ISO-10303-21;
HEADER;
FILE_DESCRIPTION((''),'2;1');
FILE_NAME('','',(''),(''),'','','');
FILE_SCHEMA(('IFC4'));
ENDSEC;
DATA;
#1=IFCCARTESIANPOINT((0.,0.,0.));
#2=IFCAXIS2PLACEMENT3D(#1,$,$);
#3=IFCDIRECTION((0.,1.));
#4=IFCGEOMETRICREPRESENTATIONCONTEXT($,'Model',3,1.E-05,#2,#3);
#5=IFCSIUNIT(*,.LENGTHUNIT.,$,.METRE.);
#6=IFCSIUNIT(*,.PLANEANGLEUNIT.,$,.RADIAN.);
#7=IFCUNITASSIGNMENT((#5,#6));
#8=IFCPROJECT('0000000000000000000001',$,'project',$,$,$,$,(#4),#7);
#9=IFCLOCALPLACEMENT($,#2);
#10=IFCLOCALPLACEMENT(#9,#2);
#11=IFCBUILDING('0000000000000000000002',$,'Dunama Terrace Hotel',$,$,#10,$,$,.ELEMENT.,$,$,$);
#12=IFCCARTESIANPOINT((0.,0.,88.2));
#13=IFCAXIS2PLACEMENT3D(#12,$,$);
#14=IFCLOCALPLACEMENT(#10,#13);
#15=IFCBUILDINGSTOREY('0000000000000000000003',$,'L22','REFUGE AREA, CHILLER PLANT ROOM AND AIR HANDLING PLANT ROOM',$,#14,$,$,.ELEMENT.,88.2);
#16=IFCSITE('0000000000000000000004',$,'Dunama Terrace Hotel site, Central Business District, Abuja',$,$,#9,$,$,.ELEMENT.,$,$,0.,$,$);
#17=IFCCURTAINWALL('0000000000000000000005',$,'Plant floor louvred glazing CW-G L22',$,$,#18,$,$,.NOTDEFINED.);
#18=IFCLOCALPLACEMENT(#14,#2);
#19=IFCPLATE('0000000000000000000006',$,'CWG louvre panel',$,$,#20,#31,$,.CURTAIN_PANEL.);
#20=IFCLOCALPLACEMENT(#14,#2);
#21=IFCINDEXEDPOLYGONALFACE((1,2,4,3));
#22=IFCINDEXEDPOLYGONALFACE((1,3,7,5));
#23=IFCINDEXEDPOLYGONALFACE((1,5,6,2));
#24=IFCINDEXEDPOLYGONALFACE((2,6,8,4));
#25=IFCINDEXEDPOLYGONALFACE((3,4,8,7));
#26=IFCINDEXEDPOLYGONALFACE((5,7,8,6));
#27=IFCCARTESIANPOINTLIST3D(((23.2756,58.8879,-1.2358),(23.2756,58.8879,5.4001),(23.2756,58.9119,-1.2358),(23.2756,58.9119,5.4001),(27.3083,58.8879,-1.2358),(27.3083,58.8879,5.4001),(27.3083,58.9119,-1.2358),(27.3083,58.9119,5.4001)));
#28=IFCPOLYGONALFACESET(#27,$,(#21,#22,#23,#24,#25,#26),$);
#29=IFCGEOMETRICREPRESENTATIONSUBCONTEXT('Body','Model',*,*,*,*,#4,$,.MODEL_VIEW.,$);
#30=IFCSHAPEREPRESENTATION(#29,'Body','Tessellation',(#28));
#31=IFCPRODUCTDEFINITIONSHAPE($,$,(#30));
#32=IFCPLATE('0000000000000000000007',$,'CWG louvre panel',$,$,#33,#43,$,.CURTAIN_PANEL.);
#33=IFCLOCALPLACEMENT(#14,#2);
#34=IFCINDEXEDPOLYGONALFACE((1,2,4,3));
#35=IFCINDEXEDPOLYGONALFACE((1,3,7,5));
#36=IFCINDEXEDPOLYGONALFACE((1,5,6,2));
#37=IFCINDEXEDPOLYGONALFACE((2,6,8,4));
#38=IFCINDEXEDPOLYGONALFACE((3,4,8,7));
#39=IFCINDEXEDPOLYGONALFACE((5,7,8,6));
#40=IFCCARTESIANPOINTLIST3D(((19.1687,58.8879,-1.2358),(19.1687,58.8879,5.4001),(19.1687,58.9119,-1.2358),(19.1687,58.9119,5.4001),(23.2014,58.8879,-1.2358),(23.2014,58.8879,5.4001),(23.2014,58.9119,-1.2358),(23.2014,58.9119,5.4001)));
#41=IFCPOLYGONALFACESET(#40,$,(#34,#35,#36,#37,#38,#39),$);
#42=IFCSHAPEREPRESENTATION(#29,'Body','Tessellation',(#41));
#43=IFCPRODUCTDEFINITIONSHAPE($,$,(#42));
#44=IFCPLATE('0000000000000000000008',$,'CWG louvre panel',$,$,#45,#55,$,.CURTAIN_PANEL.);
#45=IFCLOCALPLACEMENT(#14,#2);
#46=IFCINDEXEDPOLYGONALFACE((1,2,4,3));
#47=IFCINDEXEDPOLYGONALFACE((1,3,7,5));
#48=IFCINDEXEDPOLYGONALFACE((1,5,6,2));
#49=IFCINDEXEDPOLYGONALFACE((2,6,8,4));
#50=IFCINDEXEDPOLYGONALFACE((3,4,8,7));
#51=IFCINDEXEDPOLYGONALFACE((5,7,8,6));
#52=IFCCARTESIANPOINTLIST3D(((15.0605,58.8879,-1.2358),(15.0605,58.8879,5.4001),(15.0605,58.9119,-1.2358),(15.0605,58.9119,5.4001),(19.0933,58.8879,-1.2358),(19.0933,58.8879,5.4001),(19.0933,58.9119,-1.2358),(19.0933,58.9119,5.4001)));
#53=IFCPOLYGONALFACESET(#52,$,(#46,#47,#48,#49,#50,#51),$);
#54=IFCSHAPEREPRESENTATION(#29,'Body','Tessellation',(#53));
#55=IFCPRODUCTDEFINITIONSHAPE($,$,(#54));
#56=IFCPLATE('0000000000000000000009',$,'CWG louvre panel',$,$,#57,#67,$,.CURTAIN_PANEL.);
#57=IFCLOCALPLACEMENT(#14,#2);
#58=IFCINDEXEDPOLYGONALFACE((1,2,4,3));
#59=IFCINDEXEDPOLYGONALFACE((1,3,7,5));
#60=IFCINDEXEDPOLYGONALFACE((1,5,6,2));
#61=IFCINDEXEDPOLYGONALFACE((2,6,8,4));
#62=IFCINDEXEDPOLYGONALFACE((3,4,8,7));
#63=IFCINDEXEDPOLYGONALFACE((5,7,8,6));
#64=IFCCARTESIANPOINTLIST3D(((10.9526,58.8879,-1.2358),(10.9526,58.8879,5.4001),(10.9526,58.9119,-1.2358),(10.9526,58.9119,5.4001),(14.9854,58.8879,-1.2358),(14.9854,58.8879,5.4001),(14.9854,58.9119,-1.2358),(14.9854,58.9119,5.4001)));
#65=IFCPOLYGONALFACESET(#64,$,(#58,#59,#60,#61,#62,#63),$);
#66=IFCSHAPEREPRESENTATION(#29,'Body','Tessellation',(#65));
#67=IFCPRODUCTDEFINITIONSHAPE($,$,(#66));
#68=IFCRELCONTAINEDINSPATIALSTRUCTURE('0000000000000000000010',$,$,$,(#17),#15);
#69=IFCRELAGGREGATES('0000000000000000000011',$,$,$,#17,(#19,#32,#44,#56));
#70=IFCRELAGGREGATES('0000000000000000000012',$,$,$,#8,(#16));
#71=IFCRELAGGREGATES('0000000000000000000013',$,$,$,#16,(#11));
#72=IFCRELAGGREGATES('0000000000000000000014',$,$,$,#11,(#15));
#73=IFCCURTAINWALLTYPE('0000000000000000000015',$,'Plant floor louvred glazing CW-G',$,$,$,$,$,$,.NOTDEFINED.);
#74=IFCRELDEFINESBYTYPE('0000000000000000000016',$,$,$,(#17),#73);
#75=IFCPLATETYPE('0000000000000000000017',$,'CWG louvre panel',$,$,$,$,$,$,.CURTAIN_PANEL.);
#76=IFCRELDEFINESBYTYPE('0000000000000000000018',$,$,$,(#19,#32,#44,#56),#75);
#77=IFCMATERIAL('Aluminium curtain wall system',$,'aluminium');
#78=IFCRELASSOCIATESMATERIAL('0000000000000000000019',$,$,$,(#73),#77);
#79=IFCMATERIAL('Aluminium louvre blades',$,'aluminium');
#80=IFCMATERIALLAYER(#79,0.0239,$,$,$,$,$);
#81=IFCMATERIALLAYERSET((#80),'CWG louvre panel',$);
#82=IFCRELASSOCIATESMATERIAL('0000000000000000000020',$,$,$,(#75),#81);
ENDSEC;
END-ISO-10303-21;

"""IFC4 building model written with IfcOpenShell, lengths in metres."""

from ifc_helpers import new_model, si_unit, direction, frame, origin, origin_2d, place, context, subcontext, project, spatial, rectangle, extrude, material, layer, layer_set, type_object, element, aggregate, save


model = new_model("IFC4")

# Units and contexts
model_context = context("Model", 3, precision=1e-05, world=origin(), true_north=direction((0.0, 1.0)))
body_context = subcontext(model_context, "Body", "Model", "MODEL_VIEW")
ifc_project = project(units=[si_unit("LENGTHUNIT", "METRE"), si_unit("PLANEANGLEUNIT", "RADIAN")], contexts=[model_context])

# Site, building, storey
site_placement = place(None, origin())
site = spatial("IfcSite", under=ifc_project, at=site_placement, Name="Dunama Terrace Hotel site, Central Business District, Abuja", CompositionType="ELEMENT", RefElevation=0.0)
building_placement = place(site_placement, origin())
building = spatial("IfcBuilding", under=site, at=building_placement, Name="Dunama Terrace Hotel", CompositionType="ELEMENT")
storey_placement = place(building_placement, frame((0.0, 0.0, 88.2)))
storey = spatial("IfcBuildingStorey", under=building, at=storey_placement, Name="L22", Description="REFUGE AREA, CHILLER PLANT ROOM AND AIR HANDLING PLANT ROOM", CompositionType="ELEMENT", Elevation=88.2)

# Curtain wall
ifc_material_1 = material(Name="Aluminium curtain wall system", Category="aluminium")
curtain_wall_type = type_object("IfcCurtainWallType", Name="Plant floor louvred glazing CW-G", PredefinedType="NOTDEFINED", material=ifc_material_1)
curtain_wall_placement = place(storey_placement, origin())
curtain_wall = element("IfcCurtainWall", 1, at=curtain_wall_placement, inside=storey, type_object=curtain_wall_type, Name="Plant floor louvred glazing CW-G L22", PredefinedType="NOTDEFINED")

# Plates
ifc_material_2 = material(Name="Aluminium louvre blades", Category="aluminium")
ifc_layer = layer(ifc_material_2, 0.0239)
ifc_layer_set = layer_set([ifc_layer], Name="CWG louvre panel")
plate_type = type_object("IfcPlateType", Name="CWG louvre panel", PredefinedType="CURTAIN_PANEL", material=ifc_layer_set)
plate_1_placement = place(storey_placement, frame((25.292, 58.8999, -1.2358), z_axis=(0.0, 0.0, 1.0), x_axis=(-1.0, 0.0, 0.0)))
plate_1 = element("IfcPlate", 2, at=plate_1_placement, type_object=plate_type, Name="CWG louvre panel", PredefinedType="CURTAIN_PANEL", context=body_context, shape_type="SweptSolid", body=[
    extrude(rectangle(XDim=4.0327, YDim=0.0239, at=origin_2d()), origin(), (0.0, 0.0, 1.0), 6.636),
])
plate_2_placement = place(storey_placement, frame((21.1851, 58.8999, -1.2358), z_axis=(0.0, 0.0, 1.0), x_axis=(-1.0, 0.0, 0.0)))
plate_2 = element("IfcPlate", 3, at=plate_2_placement, type_object=plate_type, Name="CWG louvre panel", PredefinedType="CURTAIN_PANEL", context=body_context, shape_type="SweptSolid", body=[
    extrude(rectangle(XDim=4.0327, YDim=0.0239, at=origin_2d()), origin(), (0.0, 0.0, 1.0), 6.636),
])
plate_3_placement = place(storey_placement, frame((17.0769, 58.8999, -1.2358), z_axis=(0.0, 0.0, 1.0), x_axis=(-1.0, 0.0, 0.0)))
plate_3 = element("IfcPlate", 4, at=plate_3_placement, type_object=plate_type, Name="CWG louvre panel", PredefinedType="CURTAIN_PANEL", context=body_context, shape_type="SweptSolid", body=[
    extrude(rectangle(XDim=4.0327, YDim=0.0239, at=origin_2d()), origin(), (0.0, 0.0, 1.0), 6.636),
])
plate_4_placement = place(storey_placement, frame((12.969, 58.8999, -1.2358), z_axis=(0.0, 0.0, 1.0), x_axis=(-1.0, 0.0, 0.0)))
plate_4 = element("IfcPlate", 5, at=plate_4_placement, type_object=plate_type, Name="CWG louvre panel", PredefinedType="CURTAIN_PANEL", context=body_context, shape_type="SweptSolid", body=[
    extrude(rectangle(XDim=4.0327, YDim=0.0239, at=origin_2d()), origin(), (0.0, 0.0, 1.0), 6.636),
])
aggregate(curtain_wall, [plate_1, plate_2, plate_3, plate_4])

save(model, "model.ifc")
